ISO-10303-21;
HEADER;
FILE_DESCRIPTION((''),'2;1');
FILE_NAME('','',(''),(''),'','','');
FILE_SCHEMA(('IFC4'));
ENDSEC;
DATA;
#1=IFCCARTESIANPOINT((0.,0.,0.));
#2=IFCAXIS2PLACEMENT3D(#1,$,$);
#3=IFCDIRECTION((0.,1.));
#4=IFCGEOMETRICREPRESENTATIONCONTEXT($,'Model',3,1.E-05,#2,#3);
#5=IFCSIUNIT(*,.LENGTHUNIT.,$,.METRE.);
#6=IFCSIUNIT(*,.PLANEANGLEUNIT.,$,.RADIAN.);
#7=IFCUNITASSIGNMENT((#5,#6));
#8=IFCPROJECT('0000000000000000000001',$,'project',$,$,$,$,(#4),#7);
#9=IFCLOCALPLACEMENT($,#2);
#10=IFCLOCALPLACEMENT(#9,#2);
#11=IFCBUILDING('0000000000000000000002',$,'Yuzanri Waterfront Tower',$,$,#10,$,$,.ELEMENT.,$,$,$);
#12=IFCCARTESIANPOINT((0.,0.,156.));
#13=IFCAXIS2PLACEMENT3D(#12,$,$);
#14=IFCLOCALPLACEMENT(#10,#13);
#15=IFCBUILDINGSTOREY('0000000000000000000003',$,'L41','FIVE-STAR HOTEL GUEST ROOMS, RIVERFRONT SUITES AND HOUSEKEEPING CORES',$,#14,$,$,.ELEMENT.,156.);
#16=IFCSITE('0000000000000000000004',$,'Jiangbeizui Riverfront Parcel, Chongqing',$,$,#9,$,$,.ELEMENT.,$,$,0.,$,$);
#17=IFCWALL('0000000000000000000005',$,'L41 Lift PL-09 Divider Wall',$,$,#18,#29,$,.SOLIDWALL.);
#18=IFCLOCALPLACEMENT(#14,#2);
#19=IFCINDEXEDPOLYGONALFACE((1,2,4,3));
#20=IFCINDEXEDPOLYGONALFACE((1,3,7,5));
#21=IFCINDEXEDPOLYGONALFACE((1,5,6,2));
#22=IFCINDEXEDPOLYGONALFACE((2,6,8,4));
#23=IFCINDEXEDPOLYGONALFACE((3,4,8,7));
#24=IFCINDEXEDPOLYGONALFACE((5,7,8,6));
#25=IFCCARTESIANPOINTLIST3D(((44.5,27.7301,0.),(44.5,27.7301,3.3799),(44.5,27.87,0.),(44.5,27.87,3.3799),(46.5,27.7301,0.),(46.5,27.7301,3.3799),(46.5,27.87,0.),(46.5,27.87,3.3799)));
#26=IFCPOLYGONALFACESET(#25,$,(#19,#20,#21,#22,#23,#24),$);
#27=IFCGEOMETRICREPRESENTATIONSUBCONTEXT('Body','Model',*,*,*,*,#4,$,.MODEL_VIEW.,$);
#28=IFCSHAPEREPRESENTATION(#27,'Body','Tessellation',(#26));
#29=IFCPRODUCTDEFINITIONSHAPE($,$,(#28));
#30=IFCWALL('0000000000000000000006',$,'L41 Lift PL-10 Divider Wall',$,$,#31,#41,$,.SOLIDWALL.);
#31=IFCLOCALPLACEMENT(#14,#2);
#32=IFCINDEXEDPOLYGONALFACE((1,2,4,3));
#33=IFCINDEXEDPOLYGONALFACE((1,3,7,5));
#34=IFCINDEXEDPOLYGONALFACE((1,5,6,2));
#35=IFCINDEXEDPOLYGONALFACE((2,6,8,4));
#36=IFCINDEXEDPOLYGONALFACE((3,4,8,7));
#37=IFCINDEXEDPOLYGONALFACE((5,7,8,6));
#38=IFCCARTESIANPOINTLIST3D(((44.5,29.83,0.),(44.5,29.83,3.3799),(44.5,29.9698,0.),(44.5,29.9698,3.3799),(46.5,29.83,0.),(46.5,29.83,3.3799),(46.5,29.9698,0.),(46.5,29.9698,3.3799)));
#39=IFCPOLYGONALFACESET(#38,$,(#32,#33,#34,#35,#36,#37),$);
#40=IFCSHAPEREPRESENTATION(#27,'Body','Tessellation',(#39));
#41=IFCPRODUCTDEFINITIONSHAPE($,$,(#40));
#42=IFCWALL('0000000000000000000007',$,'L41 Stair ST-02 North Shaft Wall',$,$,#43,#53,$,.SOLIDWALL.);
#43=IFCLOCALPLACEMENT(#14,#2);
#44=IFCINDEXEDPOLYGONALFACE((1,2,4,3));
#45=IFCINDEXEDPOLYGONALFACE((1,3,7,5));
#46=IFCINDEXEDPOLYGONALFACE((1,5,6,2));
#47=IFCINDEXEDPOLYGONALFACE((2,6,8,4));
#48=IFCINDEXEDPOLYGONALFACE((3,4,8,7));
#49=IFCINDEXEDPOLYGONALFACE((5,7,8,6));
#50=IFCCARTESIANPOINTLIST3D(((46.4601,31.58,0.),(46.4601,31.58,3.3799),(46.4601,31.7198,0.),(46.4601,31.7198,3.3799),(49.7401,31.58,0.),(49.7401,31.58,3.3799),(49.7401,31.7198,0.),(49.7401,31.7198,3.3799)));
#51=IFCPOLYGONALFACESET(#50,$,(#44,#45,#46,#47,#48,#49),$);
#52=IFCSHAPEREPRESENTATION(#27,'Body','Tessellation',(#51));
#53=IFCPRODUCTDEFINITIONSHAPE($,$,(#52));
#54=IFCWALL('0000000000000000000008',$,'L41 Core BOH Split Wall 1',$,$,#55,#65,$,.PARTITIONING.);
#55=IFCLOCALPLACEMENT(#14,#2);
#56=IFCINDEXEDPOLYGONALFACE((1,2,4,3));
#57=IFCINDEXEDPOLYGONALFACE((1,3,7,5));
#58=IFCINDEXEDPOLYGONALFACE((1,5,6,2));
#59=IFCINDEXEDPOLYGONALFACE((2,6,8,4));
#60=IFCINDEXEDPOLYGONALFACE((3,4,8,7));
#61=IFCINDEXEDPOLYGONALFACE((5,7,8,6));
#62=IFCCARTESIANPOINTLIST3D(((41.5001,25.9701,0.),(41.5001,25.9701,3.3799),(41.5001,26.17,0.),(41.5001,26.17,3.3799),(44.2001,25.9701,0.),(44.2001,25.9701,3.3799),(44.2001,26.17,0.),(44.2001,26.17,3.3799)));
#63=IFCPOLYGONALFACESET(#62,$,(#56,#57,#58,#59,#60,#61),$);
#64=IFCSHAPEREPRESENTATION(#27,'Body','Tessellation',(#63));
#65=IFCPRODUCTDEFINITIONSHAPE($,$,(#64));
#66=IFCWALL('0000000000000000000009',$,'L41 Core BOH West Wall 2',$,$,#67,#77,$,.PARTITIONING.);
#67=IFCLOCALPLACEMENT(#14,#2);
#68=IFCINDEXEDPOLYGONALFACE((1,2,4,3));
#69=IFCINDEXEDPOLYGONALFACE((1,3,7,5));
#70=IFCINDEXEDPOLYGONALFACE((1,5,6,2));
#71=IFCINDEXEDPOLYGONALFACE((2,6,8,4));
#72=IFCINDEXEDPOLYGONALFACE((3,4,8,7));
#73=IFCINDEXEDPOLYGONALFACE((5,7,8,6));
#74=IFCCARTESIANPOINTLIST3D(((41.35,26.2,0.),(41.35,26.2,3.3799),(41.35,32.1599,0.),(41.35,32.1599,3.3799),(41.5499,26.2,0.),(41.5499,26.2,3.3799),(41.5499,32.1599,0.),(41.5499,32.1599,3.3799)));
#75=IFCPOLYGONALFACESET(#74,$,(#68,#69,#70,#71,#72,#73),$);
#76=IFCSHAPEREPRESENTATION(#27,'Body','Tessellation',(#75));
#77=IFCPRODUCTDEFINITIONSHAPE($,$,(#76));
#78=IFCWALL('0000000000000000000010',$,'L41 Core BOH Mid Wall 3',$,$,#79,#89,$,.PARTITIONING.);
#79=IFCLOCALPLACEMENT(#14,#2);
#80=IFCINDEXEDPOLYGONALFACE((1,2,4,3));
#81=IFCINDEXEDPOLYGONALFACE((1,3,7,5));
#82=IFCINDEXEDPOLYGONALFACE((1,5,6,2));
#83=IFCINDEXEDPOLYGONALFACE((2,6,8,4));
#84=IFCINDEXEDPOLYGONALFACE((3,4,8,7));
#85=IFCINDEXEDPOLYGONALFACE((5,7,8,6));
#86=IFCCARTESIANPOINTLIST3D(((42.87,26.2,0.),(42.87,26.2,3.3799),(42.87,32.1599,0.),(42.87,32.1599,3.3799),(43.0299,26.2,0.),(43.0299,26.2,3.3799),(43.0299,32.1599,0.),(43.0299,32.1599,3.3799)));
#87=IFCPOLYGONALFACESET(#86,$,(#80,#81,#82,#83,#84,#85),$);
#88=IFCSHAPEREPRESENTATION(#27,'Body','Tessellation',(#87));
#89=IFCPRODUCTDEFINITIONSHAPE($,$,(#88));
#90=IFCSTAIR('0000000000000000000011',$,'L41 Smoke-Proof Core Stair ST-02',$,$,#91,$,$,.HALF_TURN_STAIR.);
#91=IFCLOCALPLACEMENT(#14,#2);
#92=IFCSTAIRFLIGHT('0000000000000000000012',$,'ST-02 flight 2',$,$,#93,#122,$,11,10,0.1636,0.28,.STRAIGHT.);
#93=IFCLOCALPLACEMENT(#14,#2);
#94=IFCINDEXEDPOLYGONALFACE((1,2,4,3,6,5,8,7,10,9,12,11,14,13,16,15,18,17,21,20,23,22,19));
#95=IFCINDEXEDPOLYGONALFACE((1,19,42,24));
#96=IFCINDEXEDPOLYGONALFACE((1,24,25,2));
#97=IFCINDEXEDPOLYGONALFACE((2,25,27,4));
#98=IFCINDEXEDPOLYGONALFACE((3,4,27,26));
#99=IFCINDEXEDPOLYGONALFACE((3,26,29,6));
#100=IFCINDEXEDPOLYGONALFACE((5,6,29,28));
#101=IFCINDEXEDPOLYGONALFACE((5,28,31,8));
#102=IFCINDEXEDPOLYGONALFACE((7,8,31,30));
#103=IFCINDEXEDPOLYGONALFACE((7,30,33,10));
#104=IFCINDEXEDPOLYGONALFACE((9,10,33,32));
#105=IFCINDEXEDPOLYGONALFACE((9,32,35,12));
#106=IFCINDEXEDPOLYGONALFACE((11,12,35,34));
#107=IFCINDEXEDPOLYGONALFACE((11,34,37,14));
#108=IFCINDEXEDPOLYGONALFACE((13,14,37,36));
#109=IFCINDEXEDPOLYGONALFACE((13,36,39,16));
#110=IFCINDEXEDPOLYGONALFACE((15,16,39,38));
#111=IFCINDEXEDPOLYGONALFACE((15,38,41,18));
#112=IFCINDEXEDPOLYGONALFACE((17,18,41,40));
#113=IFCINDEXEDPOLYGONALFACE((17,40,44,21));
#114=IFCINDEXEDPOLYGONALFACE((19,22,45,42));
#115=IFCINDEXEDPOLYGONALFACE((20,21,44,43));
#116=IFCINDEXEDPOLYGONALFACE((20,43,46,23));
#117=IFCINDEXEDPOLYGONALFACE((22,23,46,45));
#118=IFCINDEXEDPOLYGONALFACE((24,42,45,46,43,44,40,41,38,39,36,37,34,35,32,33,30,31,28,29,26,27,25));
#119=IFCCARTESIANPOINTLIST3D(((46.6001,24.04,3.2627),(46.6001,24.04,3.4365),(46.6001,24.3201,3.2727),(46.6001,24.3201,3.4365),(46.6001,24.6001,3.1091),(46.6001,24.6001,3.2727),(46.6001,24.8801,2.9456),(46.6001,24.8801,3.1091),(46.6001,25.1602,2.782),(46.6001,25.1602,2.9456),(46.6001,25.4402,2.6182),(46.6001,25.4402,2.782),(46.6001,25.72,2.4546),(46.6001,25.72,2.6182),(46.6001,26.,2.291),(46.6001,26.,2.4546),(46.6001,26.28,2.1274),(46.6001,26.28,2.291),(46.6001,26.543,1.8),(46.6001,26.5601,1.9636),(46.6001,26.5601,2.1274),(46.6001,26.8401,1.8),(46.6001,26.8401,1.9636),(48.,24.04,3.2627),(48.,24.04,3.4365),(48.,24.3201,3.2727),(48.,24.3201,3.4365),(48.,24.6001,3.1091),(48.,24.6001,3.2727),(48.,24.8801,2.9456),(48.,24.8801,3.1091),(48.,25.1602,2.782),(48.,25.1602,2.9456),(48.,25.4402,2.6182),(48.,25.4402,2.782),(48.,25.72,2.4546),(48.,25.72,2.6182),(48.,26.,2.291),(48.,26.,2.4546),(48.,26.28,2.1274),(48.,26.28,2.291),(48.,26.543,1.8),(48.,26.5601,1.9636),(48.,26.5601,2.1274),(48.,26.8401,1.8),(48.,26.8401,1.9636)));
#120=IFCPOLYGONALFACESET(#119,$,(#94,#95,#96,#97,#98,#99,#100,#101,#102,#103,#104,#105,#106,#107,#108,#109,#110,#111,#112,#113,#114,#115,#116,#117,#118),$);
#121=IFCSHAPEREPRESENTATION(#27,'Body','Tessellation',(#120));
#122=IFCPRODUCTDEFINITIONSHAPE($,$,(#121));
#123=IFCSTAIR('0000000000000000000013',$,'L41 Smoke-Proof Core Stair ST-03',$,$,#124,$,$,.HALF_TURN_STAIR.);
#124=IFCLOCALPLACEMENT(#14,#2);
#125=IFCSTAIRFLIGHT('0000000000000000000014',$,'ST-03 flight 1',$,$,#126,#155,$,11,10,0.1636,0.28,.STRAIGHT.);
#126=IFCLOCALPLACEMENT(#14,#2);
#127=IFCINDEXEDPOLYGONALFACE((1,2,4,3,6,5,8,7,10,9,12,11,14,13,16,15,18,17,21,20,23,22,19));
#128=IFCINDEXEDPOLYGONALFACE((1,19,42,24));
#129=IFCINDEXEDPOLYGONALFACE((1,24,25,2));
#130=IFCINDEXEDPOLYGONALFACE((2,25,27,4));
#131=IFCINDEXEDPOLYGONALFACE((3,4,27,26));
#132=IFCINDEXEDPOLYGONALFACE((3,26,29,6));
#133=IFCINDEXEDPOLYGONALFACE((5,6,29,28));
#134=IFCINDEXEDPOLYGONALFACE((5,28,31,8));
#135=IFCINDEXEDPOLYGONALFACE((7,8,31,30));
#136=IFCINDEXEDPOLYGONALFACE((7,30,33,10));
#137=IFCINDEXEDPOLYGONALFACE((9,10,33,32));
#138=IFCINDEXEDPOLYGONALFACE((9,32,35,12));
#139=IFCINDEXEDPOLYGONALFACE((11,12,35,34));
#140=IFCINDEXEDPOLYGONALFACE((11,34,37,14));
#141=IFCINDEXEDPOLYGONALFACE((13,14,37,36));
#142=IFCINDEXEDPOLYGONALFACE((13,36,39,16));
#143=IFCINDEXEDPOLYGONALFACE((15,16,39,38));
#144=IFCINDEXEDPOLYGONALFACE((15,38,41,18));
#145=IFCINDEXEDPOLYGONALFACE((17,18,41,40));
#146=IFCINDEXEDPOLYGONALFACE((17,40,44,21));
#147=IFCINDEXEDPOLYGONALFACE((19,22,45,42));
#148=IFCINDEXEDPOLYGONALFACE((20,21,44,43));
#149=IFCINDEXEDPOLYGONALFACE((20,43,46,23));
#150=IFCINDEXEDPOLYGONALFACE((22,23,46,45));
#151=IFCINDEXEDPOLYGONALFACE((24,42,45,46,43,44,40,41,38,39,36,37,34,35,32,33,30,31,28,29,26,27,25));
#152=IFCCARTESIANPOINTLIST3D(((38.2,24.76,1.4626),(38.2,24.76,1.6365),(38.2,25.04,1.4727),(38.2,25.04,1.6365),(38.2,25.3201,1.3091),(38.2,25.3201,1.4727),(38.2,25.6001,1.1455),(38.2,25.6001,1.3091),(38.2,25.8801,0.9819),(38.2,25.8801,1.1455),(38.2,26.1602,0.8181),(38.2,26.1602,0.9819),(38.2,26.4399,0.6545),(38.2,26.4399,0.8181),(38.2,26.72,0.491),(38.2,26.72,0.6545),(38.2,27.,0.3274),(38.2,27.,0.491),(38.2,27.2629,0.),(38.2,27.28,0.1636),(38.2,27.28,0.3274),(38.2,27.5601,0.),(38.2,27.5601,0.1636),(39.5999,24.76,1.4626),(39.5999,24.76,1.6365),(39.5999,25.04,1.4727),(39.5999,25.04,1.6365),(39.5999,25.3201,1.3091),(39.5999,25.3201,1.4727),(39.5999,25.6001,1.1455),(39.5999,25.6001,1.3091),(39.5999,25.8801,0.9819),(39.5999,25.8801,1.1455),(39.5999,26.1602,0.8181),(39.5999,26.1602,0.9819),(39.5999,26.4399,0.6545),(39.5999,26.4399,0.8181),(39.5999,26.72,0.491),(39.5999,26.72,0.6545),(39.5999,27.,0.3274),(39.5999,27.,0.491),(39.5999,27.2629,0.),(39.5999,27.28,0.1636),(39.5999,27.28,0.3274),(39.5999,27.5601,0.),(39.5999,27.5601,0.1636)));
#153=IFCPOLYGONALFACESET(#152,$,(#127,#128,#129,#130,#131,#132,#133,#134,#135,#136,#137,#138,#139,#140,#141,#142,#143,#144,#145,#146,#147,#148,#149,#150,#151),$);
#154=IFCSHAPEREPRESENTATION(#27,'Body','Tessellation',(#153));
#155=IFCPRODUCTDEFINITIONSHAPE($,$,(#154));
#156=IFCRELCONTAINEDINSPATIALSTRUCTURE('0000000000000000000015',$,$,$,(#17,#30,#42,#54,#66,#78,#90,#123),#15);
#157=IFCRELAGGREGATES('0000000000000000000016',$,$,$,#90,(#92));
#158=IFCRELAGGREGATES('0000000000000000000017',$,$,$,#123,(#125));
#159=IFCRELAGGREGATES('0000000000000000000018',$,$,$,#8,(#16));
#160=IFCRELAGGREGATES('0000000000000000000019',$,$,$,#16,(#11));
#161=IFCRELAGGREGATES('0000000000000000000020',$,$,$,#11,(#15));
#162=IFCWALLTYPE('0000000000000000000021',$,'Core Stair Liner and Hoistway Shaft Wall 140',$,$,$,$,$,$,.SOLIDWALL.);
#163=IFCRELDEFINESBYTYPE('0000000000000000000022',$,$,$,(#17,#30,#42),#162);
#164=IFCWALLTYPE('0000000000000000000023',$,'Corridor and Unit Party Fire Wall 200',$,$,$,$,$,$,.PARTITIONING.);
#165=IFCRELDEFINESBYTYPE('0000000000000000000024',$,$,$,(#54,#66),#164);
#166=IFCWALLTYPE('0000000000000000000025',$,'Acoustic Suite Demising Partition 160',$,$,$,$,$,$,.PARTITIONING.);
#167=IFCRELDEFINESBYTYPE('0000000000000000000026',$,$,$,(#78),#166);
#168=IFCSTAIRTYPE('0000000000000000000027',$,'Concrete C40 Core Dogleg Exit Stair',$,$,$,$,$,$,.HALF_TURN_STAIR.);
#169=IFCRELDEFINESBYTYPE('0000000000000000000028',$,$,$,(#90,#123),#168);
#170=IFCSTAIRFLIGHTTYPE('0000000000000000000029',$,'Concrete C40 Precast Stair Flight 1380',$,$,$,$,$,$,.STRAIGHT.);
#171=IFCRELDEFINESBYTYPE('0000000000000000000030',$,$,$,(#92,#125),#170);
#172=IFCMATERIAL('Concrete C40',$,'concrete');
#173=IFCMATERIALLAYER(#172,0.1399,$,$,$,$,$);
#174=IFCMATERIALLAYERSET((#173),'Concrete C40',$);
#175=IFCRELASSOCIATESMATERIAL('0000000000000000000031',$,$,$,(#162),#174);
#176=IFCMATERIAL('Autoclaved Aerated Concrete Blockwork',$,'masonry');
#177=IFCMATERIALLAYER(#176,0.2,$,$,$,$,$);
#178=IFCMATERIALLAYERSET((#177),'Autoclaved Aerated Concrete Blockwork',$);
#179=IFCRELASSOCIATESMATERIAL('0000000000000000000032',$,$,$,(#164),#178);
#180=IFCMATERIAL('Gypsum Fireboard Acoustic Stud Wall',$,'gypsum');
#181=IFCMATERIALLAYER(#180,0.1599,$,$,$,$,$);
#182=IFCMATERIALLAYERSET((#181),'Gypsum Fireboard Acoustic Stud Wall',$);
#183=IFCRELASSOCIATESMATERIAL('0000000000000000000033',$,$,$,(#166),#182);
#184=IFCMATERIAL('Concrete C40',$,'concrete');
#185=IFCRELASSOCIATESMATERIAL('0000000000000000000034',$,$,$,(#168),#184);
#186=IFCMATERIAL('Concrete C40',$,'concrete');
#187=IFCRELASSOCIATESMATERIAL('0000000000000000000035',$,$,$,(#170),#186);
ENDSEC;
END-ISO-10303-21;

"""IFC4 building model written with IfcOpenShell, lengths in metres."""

from ifc_helpers import new_model, si_unit, direction, frame, frame_2d, origin, place, context, subcontext, project, spatial, polyline, rectangle, outline, extrude, source, transform, mapped, material, layer, layer_set, type_object, element, aggregate, save


model = new_model("IFC4")

# Units and contexts
model_context = context("Model", 3, precision=1e-05, world=origin(), true_north=direction((0.0, 1.0)))
body_context = subcontext(model_context, "Body", "Model", "MODEL_VIEW")
ifc_project = project(units=[si_unit("LENGTHUNIT", "METRE"), si_unit("PLANEANGLEUNIT", "RADIAN")], contexts=[model_context])

# Site, building, storey
site_placement = place(None, origin())
site = spatial("IfcSite", under=ifc_project, at=site_placement, Name="Jiangbeizui Riverfront Parcel, Chongqing", CompositionType="ELEMENT", RefElevation=0.0)
building_placement = place(site_placement, origin())
building = spatial("IfcBuilding", under=site, at=building_placement, Name="Yuzanri Waterfront Tower", CompositionType="ELEMENT")
storey_placement = place(building_placement, frame((0.0, 0.0, 156.0)))
storey = spatial("IfcBuildingStorey", under=building, at=storey_placement, Name="L41", Description="FIVE-STAR HOTEL GUEST ROOMS, RIVERFRONT SUITES AND HOUSEKEEPING CORES", CompositionType="ELEMENT", Elevation=156.0)

# Shared definitions
ifc_material_1 = material(Name="Concrete C40", Category="concrete")
ifc_layer_1 = layer(ifc_material_1, 0.1399)
ifc_layer_set_1 = layer_set([ifc_layer_1], Name="Concrete C40")
wall_type_1 = type_object("IfcWallType", Name="Core Stair Liner and Hoistway Shaft Wall 140", PredefinedType="SOLIDWALL", material=ifc_layer_set_1)
ifc_material_2 = material(Name="Autoclaved Aerated Concrete Blockwork", Category="masonry")
ifc_layer_2 = layer(ifc_material_2, 0.2)
ifc_layer_set_2 = layer_set([ifc_layer_2], Name="Autoclaved Aerated Concrete Blockwork")
wall_type_2 = type_object("IfcWallType", Name="Corridor and Unit Party Fire Wall 200", PredefinedType="PARTITIONING", material=ifc_layer_set_2)

# Walls
shared_shape_1 = source(origin(), body_context, "Body", "SweptSolid", [
    extrude(rectangle(XDim=2.0, YDim=0.1399, at=frame_2d((1.0, 0.0))), origin(), (0.0, 0.0, 1.0), 3.3799),
])
for number, where, z_axis, x_axis, name in (
    (1, (44.5, 27.8, 0.0), (0.0, 0.0, 1.0), (1.0, 0.0, 0.0), "L41 Lift PL-09 Divider Wall"),
    (2, (44.5, 29.8999, 0.0), (0.0, 0.0, 1.0), (1.0, 0.0, 0.0), "L41 Lift PL-10 Divider Wall"),
):
    element("IfcWall", number, at=place(storey_placement, frame(where, z_axis=z_axis, x_axis=x_axis)), inside=storey, type_object=wall_type_1, Name=name, PredefinedType="SOLIDWALL", context=body_context, shape_type="MappedRepresentation", body=[
        mapped(shared_shape_1, transform((0.0, 0.0, 0.0), scale=1.0)),
    ])
shared_shape_2 = source(origin(), body_context, "Body", "SweptSolid", [
    extrude(rectangle(XDim=3.28, YDim=0.1399, at=frame_2d((1.6401, 0.0))), origin(), (0.0, 0.0, 1.0), 3.3799),
])
wall_1_placement = place(storey_placement, frame((46.46, 31.6499, 0.0), z_axis=(0.0, 0.0, 1.0), x_axis=(1.0, 0.0, 0.0)))
element("IfcWall", 3, at=wall_1_placement, inside=storey, type_object=wall_type_1, Name="L41 Stair ST-02 North Shaft Wall", PredefinedType="SOLIDWALL", context=body_context, shape_type="MappedRepresentation", body=[
    mapped(shared_shape_2, transform((0.0, 0.0, 0.0), scale=1.0)),
])
shared_shape_3 = source(origin(), body_context, "Body", "SweptSolid", [
    extrude(rectangle(XDim=2.7, YDim=0.2, at=frame_2d((1.3501, 0.0))), origin(), (0.0, 0.0, 1.0), 3.3799),
])
wall_2_placement = place(storey_placement, frame((41.5, 26.0701, 0.0), z_axis=(0.0, 0.0, 1.0), x_axis=(1.0, 0.0, 0.0)))
element("IfcWall", 4, at=wall_2_placement, inside=storey, type_object=wall_type_2, Name="L41 Core BOH Split Wall 1", PredefinedType="PARTITIONING", context=body_context, shape_type="MappedRepresentation", body=[
    mapped(shared_shape_3, transform((0.0, 0.0, 0.0), scale=1.0)),
])
shared_shape_4 = source(origin(), body_context, "Body", "SweptSolid", [
    extrude(rectangle(XDim=5.96, YDim=0.2, at=frame_2d((2.98, 0.0))), origin(), (0.0, 0.0, 1.0), 3.3799),
])
wall_3_placement = place(storey_placement, frame((41.45, 26.2, 0.0), z_axis=(0.0, 0.0, 1.0), x_axis=(0.0, 1.0, 0.0)))
element("IfcWall", 5, at=wall_3_placement, inside=storey, type_object=wall_type_2, Name="L41 Core BOH West Wall 2", PredefinedType="PARTITIONING", context=body_context, shape_type="MappedRepresentation", body=[
    mapped(shared_shape_4, transform((0.0, 0.0, 0.0), scale=1.0)),
])
ifc_material_3 = material(Name="Gypsum Fireboard Acoustic Stud Wall", Category="gypsum")
ifc_layer_3 = layer(ifc_material_3, 0.1599)
ifc_layer_set_3 = layer_set([ifc_layer_3], Name="Gypsum Fireboard Acoustic Stud Wall")
wall_type_3 = type_object("IfcWallType", Name="Acoustic Suite Demising Partition 160", PredefinedType="PARTITIONING", material=ifc_layer_set_3)
shared_shape_5 = source(origin(), body_context, "Body", "SweptSolid", [
    extrude(rectangle(XDim=5.96, YDim=0.1599, at=frame_2d((2.98, 0.0))), origin(), (0.0, 0.0, 1.0), 3.3799),
])
wall_4_placement = place(storey_placement, frame((42.95, 26.2, 0.0), z_axis=(0.0, 0.0, 1.0), x_axis=(0.0, 1.0, 0.0)))
element("IfcWall", 6, at=wall_4_placement, inside=storey, type_object=wall_type_3, Name="L41 Core BOH Mid Wall 3", PredefinedType="PARTITIONING", context=body_context, shape_type="MappedRepresentation", body=[
    mapped(shared_shape_5, transform((0.0, 0.0, 0.0), scale=1.0)),
])

# Stairs, stair flights
ifc_material_4 = material(Name="Concrete C40", Category="concrete")
stair_type = type_object("IfcStairType", Name="Concrete C40 Core Dogleg Exit Stair", PredefinedType="HALF_TURN_STAIR", material=ifc_material_4)
stair_1_placement = place(storey_placement, origin())
stair_1 = element("IfcStair", 7, at=stair_1_placement, inside=storey, type_object=stair_type, Name="L41 Smoke-Proof Core Stair ST-02", PredefinedType="HALF_TURN_STAIR")
ifc_material_5 = material(Name="Concrete C40", Category="concrete")
stair_flight_type = type_object("IfcStairFlightType", Name="Concrete C40 Precast Stair Flight 1380", PredefinedType="STRAIGHT", material=ifc_material_5)
shared_shape_6 = source(origin(), body_context, "Body", "SweptSolid", [
    extrude(outline(polyline([(0.0, 0.0), (0.0, 0.1636), (0.28, 0.1636), (0.28, 0.3274), (0.5601, 0.3274), (0.5601, 0.491), (0.8401, 0.491), (0.8401, 0.6545), (1.1201, 0.6545), (1.1201, 0.8181), (1.3999, 0.8181), (1.3999, 0.9819), (1.6799, 0.9819), (1.6799, 1.1455), (1.96, 1.1455), (1.96, 1.3091), (2.24, 1.3091), (2.24, 1.4727), (2.52, 1.4727), (2.52, 1.6365), (2.8, 1.6365), (2.8, 1.8), (2.8, 1.4626), (0.2971, 0.0), (0.0, 0.0)])), frame((0.0, 0.7, 0.0), z_axis=(0.0, -1.0, 0.0), x_axis=(1.0, 0.0, 0.0)), (0.0, 0.0, 1.0), 1.3999),
])
stair_flight_1_placement = place(storey_placement, frame((47.3, 26.8401, 1.8), z_axis=(0.0, 0.0, 1.0), x_axis=(0.0, -1.0, 0.0)))
stair_flight_1 = element("IfcStairFlight", 8, at=stair_flight_1_placement, type_object=stair_flight_type, Name="ST-02 flight 2", NumberOfRisers=11, NumberOfTreads=10, PredefinedType="STRAIGHT", RiserHeight=0.1636, TreadLength=0.28, context=body_context, shape_type="MappedRepresentation", body=[
    mapped(shared_shape_6, transform((0.0, 0.0, 0.0), scale=1.0)),
])
aggregate(stair_1, [stair_flight_1])
stair_2_placement = place(storey_placement, origin())
stair_2 = element("IfcStair", 9, at=stair_2_placement, inside=storey, type_object=stair_type, Name="L41 Smoke-Proof Core Stair ST-03", PredefinedType="HALF_TURN_STAIR")
stair_flight_2_placement = place(storey_placement, frame((38.8999, 27.5601, 0.0), z_axis=(0.0, 0.0, 1.0), x_axis=(0.0, -1.0, 0.0)))
stair_flight_2 = element("IfcStairFlight", 10, at=stair_flight_2_placement, type_object=stair_flight_type, Name="ST-03 flight 1", NumberOfRisers=11, NumberOfTreads=10, PredefinedType="STRAIGHT", RiserHeight=0.1636, TreadLength=0.28, context=body_context, shape_type="MappedRepresentation", body=[
    mapped(shared_shape_6, transform((0.0, 0.0, 0.0), scale=1.0)),
])
aggregate(stair_2, [stair_flight_2])

save(model, "model.ifc")
